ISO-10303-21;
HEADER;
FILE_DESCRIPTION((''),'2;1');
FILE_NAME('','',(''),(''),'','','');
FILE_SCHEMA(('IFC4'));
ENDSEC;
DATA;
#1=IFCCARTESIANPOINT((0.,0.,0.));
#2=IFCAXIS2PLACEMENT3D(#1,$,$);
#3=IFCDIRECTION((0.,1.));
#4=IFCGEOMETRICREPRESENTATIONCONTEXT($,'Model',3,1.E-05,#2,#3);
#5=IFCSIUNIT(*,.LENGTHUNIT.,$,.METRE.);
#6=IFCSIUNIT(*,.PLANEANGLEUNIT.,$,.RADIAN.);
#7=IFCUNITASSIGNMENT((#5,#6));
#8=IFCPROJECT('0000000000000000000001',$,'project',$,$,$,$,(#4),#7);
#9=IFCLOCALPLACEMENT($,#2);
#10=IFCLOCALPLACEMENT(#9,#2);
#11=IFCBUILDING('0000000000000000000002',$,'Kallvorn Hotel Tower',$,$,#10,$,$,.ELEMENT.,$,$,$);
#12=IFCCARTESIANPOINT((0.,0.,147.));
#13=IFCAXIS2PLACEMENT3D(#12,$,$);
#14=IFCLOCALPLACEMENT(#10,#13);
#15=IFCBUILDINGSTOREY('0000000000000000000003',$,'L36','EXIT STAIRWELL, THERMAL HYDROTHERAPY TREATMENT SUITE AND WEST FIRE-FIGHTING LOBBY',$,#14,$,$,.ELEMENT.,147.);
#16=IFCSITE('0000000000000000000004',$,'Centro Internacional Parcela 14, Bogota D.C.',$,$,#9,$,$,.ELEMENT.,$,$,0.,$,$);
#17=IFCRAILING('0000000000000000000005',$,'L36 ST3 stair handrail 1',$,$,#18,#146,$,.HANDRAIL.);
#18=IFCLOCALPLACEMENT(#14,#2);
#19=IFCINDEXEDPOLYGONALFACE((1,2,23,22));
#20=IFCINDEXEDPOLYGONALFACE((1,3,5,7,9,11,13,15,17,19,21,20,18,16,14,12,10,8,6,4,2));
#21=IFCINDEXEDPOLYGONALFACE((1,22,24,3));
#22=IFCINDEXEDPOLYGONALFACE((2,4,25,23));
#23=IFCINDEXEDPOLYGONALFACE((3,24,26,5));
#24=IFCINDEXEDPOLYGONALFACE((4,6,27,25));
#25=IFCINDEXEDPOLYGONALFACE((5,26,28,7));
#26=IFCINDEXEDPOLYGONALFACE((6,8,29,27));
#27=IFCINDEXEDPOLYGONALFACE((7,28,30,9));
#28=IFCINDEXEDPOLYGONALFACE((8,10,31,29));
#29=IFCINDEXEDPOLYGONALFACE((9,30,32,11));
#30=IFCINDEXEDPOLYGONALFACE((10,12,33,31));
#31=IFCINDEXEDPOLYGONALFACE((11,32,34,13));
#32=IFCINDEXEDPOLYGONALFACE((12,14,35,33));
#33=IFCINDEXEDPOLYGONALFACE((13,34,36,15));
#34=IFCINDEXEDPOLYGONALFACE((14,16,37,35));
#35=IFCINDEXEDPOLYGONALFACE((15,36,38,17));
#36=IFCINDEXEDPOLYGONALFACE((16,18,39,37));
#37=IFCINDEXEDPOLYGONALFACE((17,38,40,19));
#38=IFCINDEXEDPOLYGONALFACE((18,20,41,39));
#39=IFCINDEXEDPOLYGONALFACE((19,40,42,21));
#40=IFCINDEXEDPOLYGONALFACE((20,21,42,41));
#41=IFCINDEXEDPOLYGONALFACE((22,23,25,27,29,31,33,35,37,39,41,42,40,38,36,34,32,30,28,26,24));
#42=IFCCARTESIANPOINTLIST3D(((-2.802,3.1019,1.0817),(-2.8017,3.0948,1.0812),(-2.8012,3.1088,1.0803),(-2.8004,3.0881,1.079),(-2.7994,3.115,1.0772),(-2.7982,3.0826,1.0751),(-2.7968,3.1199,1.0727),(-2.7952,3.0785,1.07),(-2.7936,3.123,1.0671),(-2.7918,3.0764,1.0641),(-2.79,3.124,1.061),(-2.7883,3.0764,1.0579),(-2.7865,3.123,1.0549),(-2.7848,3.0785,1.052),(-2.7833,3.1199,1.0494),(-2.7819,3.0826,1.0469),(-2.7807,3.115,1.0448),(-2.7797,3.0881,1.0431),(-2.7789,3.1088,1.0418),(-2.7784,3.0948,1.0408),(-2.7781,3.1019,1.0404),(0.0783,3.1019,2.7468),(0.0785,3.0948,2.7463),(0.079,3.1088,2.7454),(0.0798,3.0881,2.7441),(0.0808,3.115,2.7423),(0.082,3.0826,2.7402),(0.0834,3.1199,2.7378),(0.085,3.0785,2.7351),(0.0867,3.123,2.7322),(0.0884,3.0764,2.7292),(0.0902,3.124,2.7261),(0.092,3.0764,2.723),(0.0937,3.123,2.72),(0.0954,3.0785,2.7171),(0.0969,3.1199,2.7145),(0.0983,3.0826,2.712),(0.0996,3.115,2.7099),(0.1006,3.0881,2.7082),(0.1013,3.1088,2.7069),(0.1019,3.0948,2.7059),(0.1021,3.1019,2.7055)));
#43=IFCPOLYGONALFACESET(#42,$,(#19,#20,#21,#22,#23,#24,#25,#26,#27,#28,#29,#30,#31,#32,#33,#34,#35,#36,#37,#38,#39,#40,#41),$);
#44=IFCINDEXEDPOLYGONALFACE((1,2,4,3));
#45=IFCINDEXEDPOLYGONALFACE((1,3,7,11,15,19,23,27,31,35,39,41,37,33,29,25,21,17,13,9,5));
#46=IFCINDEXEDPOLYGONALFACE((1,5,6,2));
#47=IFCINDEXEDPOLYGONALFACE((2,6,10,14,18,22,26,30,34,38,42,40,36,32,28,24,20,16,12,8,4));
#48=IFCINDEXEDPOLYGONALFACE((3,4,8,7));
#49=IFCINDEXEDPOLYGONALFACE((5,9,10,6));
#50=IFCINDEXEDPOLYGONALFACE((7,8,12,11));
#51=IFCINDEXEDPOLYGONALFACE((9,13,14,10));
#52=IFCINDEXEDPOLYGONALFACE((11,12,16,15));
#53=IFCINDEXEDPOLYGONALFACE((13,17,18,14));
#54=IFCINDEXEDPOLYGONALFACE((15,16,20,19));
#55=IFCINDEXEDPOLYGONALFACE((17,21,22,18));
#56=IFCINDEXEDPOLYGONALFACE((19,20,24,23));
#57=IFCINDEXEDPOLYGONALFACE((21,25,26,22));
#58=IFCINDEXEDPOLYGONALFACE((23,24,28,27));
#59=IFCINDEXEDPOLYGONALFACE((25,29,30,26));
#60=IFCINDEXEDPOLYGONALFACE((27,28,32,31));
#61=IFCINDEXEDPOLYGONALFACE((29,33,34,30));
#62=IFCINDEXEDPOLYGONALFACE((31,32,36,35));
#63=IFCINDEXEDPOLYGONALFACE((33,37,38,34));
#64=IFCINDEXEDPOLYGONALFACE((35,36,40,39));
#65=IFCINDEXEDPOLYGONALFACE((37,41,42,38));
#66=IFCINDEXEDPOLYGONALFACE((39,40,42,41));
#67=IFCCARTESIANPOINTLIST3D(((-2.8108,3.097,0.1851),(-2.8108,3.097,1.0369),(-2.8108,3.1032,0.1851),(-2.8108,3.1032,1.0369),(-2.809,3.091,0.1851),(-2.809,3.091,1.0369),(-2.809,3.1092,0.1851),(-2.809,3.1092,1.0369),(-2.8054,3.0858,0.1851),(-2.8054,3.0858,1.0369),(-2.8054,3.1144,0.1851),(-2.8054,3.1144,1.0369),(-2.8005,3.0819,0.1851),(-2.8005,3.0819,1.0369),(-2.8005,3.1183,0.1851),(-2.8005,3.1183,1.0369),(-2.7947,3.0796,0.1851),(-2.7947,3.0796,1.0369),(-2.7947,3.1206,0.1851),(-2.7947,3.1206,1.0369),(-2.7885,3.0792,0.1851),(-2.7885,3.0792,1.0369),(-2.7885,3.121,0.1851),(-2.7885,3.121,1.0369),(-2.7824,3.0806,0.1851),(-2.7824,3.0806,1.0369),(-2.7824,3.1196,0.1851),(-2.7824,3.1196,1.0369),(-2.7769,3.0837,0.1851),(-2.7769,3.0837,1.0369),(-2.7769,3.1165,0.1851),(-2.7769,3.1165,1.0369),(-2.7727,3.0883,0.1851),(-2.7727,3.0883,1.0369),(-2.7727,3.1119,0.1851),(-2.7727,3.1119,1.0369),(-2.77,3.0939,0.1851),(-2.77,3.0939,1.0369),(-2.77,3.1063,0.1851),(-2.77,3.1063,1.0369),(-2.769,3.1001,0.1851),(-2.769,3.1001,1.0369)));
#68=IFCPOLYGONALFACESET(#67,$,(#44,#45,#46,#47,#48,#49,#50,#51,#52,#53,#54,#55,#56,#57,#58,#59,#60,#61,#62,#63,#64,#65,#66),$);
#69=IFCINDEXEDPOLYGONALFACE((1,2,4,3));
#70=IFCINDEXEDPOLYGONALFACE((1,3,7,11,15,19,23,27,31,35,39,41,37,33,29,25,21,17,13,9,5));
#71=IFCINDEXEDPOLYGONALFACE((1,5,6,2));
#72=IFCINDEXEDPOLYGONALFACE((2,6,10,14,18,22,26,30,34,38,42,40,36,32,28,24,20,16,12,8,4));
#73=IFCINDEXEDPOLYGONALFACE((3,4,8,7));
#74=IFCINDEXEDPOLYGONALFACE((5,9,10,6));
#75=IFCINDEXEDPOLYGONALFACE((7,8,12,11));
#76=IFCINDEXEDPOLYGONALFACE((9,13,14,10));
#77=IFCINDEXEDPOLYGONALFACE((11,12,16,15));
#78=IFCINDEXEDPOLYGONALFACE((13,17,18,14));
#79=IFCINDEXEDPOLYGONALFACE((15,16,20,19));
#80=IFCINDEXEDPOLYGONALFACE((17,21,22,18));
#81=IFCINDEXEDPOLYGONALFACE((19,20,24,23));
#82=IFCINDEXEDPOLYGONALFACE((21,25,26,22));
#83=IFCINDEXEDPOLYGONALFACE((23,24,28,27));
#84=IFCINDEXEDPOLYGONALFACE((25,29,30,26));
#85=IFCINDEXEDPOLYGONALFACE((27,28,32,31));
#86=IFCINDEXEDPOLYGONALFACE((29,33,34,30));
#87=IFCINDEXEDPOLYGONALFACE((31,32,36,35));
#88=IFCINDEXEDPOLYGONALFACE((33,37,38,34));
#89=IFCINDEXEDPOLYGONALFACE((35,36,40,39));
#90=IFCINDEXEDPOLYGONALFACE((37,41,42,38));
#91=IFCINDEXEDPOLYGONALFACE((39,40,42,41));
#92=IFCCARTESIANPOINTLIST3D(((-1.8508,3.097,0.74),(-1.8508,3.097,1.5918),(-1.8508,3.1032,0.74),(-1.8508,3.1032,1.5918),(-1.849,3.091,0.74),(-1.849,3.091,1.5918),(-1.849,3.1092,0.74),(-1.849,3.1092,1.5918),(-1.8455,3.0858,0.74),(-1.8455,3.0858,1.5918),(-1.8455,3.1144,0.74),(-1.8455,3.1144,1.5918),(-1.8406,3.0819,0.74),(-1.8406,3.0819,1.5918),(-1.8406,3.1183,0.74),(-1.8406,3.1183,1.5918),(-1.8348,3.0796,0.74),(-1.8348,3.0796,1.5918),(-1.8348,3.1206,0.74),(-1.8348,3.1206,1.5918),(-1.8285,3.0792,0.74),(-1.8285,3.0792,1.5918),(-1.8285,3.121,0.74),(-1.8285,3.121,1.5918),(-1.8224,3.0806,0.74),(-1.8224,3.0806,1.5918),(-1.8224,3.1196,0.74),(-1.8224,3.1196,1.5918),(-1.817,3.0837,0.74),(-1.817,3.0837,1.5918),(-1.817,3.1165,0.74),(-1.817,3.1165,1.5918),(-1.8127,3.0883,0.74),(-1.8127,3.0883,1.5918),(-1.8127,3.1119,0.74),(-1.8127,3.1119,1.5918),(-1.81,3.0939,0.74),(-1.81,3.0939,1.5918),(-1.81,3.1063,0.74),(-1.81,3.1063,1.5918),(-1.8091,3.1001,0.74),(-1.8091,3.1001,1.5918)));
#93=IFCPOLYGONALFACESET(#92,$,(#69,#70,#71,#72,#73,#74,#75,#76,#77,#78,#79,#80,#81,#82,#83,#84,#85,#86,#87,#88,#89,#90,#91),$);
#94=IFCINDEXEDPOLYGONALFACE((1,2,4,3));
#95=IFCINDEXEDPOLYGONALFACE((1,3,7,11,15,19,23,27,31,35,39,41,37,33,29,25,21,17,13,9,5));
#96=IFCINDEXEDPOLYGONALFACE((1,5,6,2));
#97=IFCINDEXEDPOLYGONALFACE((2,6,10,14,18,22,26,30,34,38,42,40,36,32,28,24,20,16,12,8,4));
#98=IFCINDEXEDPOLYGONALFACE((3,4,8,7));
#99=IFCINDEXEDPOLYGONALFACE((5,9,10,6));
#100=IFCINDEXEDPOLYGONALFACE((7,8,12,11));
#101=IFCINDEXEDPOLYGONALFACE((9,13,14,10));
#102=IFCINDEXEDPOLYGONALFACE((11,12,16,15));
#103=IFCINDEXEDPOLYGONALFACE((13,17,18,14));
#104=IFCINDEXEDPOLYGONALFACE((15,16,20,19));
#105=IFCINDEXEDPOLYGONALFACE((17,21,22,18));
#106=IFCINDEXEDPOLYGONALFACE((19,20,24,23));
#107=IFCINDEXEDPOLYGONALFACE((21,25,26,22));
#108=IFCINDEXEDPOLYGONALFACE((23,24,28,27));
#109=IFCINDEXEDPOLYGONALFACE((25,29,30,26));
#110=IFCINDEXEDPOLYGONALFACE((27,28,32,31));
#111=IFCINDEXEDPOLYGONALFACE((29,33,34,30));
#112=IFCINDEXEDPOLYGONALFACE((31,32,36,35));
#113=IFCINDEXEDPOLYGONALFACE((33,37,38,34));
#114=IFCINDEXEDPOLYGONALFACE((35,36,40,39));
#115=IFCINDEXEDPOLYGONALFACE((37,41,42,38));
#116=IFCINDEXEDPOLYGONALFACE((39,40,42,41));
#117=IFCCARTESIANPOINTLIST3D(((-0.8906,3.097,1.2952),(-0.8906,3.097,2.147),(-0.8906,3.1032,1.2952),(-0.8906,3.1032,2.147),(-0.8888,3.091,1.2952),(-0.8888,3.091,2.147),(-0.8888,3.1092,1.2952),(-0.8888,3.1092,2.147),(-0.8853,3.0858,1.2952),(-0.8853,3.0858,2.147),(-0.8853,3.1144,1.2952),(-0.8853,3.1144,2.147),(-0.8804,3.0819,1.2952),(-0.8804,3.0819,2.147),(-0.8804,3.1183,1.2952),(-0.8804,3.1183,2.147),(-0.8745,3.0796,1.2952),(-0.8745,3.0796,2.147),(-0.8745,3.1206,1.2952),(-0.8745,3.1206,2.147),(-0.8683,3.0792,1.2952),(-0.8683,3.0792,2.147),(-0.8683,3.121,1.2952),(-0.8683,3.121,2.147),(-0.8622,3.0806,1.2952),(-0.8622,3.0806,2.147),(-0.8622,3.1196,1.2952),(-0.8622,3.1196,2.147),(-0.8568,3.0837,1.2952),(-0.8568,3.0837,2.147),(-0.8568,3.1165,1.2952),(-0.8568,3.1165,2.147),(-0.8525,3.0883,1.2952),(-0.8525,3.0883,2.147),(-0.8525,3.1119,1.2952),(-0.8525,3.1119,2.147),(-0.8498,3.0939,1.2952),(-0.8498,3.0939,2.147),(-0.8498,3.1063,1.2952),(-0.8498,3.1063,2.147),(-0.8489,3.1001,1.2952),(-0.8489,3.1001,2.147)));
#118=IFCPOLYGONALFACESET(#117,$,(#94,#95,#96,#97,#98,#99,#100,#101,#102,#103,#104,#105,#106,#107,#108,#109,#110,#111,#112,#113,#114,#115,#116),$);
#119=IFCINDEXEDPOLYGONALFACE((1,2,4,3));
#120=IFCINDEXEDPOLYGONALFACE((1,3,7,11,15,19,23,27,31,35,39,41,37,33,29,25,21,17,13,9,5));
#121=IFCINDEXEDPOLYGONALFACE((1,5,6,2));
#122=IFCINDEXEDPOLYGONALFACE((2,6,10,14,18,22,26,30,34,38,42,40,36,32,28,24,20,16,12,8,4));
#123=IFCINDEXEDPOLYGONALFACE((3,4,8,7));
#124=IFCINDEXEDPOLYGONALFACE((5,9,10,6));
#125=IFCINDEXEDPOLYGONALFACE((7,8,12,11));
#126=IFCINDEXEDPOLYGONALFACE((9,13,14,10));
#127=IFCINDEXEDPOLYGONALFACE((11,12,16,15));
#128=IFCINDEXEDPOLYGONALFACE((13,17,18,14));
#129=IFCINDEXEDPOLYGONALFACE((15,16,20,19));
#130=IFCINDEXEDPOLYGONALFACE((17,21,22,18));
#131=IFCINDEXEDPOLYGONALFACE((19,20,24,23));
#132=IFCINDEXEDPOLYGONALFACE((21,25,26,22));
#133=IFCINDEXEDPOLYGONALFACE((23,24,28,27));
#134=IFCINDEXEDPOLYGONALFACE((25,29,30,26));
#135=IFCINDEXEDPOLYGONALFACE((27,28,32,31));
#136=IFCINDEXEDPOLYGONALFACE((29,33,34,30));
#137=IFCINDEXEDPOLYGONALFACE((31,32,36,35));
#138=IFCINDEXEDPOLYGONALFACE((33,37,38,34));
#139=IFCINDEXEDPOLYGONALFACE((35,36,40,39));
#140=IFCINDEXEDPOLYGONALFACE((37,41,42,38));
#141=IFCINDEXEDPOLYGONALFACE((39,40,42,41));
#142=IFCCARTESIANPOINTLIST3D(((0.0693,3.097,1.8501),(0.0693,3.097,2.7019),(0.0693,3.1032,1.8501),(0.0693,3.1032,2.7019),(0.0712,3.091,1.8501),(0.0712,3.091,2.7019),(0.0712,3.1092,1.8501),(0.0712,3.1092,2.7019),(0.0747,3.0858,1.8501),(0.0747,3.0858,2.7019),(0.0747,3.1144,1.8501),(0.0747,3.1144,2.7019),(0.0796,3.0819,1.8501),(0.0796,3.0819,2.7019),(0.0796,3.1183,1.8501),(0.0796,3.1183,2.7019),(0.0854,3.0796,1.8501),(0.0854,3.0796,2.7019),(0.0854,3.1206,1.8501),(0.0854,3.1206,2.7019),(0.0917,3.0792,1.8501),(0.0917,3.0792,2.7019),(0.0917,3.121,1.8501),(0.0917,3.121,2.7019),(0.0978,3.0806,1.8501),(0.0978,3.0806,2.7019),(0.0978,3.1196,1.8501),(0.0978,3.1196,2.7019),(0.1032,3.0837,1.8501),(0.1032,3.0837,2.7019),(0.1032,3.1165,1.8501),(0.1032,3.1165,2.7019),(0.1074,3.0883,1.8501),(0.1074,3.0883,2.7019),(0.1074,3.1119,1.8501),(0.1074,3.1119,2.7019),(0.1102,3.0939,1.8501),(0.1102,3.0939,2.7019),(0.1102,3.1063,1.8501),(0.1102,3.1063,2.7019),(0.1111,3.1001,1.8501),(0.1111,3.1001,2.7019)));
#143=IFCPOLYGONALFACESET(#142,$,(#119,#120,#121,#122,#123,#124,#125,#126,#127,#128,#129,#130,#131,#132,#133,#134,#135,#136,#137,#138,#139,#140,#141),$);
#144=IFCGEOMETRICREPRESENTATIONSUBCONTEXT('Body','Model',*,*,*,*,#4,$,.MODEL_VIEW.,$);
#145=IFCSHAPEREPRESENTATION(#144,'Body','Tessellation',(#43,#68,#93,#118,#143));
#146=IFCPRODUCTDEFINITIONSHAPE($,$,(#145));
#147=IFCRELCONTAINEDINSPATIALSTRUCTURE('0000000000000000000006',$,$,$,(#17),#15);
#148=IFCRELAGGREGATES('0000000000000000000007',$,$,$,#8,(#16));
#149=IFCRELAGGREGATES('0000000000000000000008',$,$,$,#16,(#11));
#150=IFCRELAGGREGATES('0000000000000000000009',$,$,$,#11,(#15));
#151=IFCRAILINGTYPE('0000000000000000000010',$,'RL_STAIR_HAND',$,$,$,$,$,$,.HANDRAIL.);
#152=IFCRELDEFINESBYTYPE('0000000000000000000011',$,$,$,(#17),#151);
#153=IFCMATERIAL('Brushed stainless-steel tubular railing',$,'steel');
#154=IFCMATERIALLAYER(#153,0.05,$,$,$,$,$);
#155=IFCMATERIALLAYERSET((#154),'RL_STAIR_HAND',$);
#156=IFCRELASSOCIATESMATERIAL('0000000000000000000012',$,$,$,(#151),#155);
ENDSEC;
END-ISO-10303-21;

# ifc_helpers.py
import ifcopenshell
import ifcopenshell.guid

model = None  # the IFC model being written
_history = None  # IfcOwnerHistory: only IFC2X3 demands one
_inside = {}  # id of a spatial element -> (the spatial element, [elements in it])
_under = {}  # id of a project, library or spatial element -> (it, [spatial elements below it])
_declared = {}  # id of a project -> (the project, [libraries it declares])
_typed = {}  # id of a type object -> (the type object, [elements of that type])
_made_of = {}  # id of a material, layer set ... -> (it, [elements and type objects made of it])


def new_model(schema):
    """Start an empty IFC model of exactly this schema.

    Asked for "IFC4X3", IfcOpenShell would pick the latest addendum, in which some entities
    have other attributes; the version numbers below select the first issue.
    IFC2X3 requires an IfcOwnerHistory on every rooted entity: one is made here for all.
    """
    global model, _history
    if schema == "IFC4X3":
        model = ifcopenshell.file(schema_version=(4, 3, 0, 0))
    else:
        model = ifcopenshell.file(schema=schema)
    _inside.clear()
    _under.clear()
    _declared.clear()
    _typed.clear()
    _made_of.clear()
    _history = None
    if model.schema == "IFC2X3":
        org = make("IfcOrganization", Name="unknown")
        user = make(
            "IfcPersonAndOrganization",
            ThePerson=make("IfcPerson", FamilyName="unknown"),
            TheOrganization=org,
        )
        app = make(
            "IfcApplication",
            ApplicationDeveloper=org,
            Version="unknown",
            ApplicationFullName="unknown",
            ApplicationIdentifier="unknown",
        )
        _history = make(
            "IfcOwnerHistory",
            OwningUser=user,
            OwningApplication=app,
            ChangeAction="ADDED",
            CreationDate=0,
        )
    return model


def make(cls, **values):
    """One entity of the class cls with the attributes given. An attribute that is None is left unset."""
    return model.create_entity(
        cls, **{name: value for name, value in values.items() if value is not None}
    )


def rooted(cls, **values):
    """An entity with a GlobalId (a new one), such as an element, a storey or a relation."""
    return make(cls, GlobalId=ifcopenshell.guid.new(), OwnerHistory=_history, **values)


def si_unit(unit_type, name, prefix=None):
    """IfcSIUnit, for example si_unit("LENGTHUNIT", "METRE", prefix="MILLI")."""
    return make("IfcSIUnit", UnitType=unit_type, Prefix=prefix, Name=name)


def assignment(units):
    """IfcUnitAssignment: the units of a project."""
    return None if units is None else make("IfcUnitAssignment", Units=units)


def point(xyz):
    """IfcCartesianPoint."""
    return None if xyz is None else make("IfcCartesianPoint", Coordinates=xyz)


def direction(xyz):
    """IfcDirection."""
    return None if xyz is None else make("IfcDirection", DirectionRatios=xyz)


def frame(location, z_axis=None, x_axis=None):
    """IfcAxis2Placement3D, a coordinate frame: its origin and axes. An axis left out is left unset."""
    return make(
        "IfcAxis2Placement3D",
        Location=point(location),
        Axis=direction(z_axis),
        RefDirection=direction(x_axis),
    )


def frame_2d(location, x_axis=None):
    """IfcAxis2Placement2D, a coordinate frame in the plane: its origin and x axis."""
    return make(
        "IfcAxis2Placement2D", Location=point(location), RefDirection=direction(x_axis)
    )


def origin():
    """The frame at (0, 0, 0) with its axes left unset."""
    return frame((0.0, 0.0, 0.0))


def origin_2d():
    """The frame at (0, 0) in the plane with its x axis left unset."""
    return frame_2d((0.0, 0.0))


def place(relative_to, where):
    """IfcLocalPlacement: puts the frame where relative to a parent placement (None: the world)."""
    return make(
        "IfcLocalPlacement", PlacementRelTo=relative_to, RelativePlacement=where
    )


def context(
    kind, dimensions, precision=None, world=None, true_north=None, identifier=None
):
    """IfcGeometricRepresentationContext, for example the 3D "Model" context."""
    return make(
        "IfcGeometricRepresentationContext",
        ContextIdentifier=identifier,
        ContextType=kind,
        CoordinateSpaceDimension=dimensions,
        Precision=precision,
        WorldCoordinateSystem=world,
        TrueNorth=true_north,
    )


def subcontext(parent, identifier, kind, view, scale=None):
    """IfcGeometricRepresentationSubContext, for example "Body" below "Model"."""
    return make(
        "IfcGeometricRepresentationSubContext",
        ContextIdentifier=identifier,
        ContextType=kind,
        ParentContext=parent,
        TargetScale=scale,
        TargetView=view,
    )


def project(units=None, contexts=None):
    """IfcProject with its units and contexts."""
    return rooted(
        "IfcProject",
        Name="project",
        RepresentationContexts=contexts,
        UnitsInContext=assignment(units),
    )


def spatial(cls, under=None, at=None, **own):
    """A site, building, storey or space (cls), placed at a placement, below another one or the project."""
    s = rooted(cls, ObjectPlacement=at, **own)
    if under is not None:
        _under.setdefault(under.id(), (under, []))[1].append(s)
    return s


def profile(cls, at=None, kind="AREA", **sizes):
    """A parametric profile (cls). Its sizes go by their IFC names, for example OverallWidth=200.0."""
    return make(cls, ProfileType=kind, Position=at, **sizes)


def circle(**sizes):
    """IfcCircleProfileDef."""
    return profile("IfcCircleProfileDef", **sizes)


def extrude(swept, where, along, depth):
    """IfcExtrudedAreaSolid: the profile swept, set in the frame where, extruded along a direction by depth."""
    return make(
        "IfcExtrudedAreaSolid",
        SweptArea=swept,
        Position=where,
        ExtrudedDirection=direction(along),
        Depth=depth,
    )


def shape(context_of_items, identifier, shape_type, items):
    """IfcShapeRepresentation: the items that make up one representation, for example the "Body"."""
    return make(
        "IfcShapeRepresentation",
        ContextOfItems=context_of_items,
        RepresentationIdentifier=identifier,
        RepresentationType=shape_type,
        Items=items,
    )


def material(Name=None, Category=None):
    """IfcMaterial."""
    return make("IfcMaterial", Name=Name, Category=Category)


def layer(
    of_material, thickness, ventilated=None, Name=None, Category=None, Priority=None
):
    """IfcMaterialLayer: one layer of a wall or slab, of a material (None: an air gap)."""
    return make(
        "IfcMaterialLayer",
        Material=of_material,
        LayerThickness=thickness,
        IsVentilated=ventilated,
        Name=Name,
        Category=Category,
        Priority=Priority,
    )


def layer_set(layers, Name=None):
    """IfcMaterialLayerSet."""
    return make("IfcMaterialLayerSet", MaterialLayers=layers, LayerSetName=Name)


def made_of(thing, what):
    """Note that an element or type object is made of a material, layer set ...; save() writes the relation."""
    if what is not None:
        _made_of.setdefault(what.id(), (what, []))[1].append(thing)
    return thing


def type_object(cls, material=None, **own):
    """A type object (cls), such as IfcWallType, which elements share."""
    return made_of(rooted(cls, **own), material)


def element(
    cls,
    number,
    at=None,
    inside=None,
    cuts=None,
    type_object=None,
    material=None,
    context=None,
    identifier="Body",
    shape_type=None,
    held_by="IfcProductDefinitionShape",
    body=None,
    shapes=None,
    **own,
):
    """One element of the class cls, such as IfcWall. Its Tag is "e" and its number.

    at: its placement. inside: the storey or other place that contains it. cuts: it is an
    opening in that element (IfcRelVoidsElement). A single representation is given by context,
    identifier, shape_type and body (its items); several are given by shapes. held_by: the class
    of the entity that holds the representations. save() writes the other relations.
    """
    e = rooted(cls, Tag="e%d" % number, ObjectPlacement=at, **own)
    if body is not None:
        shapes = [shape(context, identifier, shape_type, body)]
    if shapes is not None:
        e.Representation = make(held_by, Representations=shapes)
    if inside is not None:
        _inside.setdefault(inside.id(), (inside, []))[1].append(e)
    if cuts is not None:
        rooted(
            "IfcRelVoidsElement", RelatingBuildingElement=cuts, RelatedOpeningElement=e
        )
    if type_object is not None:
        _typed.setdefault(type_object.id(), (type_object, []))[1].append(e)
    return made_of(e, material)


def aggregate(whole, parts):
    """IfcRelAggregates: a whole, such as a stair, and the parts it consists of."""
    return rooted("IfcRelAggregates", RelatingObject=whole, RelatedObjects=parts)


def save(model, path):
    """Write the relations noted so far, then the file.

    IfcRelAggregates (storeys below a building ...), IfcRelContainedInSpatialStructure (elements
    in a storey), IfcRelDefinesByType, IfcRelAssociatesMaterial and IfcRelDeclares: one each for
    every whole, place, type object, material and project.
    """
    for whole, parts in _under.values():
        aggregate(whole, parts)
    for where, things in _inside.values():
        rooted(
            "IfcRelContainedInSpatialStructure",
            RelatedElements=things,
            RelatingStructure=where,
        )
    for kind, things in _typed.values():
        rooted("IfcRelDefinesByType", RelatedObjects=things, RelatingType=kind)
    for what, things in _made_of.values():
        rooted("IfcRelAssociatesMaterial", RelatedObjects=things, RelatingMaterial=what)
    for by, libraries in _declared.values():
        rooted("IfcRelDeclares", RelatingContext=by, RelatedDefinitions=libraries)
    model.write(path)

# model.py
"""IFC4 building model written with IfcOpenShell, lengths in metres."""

from ifc_helpers import new_model, si_unit, direction, frame, origin, origin_2d, place, context, subcontext, project, spatial, circle, extrude, material, layer, layer_set, type_object, element, save


model = new_model("IFC4")

# Units and contexts
model_context = context("Model", 3, precision=1e-05, world=origin(), true_north=direction((0.0, 1.0)))
body_context = subcontext(model_context, "Body", "Model", "MODEL_VIEW")
ifc_project = project(units=[si_unit("LENGTHUNIT", "METRE"), si_unit("PLANEANGLEUNIT", "RADIAN")], contexts=[model_context])

# Site, building, storey
site_placement = place(None, origin())
site = spatial("IfcSite", under=ifc_project, at=site_placement, Name="Centro Internacional Parcela 14, Bogota D.C.", CompositionType="ELEMENT", RefElevation=0.0)
building_placement = place(site_placement, origin())
building = spatial("IfcBuilding", under=site, at=building_placement, Name="Kallvorn Hotel Tower", CompositionType="ELEMENT")
storey_placement = place(building_placement, frame((0.0, 0.0, 147.0)))
storey = spatial("IfcBuildingStorey", under=building, at=storey_placement, Name="L36", Description="EXIT STAIRWELL, THERMAL HYDROTHERAPY TREATMENT SUITE AND WEST FIRE-FIGHTING LOBBY", CompositionType="ELEMENT", Elevation=147.0)

# Railing
ifc_material_1 = material(Name="Brushed stainless-steel tubular railing", Category="steel")
ifc_layer_1 = layer(ifc_material_1, 0.05)
ifc_layer_set_1 = layer_set([ifc_layer_1], Name="RL_STAIR_HAND")
railing_type_1 = type_object("IfcRailingType", Name="RL_STAIR_HAND", PredefinedType="HANDRAIL", material=ifc_layer_set_1)
railing_1_placement = place(storey_placement, frame((-2.79, 3.1001, 0.1851)))
element("IfcRailing", 1, at=railing_1_placement, inside=storey, type_object=railing_type_1, Name="L36 ST3 stair handrail 1", PredefinedType="HANDRAIL", context=body_context, shape_type="SweptSolid", body=[
    extrude(circle(Radius=0.0239, at=origin_2d()), frame((0.0, 0.0, 0.876), z_axis=(0.865739, 0.0, 0.500495), x_axis=(0.0, 1.0, 0.0)), (0.0, 0.0, 1.0), 3.3269),
    extrude(circle(Radius=0.021, at=origin_2d()), origin(), (0.0, 0.0, 1.0), 0.8518),
    extrude(circle(Radius=0.021, at=origin_2d()), frame((0.96, 0.0, 0.5549)), (0.0, 0.0, 1.0), 0.8518),
    extrude(circle(Radius=0.021, at=origin_2d()), frame((1.9202, 0.0, 1.1101)), (0.0, 0.0, 1.0), 0.8518),
    extrude(circle(Radius=0.021, at=origin_2d()), frame((2.8801, 0.0, 1.665)), (0.0, 0.0, 1.0), 0.8518),
])

save(model, "model.ifc")
